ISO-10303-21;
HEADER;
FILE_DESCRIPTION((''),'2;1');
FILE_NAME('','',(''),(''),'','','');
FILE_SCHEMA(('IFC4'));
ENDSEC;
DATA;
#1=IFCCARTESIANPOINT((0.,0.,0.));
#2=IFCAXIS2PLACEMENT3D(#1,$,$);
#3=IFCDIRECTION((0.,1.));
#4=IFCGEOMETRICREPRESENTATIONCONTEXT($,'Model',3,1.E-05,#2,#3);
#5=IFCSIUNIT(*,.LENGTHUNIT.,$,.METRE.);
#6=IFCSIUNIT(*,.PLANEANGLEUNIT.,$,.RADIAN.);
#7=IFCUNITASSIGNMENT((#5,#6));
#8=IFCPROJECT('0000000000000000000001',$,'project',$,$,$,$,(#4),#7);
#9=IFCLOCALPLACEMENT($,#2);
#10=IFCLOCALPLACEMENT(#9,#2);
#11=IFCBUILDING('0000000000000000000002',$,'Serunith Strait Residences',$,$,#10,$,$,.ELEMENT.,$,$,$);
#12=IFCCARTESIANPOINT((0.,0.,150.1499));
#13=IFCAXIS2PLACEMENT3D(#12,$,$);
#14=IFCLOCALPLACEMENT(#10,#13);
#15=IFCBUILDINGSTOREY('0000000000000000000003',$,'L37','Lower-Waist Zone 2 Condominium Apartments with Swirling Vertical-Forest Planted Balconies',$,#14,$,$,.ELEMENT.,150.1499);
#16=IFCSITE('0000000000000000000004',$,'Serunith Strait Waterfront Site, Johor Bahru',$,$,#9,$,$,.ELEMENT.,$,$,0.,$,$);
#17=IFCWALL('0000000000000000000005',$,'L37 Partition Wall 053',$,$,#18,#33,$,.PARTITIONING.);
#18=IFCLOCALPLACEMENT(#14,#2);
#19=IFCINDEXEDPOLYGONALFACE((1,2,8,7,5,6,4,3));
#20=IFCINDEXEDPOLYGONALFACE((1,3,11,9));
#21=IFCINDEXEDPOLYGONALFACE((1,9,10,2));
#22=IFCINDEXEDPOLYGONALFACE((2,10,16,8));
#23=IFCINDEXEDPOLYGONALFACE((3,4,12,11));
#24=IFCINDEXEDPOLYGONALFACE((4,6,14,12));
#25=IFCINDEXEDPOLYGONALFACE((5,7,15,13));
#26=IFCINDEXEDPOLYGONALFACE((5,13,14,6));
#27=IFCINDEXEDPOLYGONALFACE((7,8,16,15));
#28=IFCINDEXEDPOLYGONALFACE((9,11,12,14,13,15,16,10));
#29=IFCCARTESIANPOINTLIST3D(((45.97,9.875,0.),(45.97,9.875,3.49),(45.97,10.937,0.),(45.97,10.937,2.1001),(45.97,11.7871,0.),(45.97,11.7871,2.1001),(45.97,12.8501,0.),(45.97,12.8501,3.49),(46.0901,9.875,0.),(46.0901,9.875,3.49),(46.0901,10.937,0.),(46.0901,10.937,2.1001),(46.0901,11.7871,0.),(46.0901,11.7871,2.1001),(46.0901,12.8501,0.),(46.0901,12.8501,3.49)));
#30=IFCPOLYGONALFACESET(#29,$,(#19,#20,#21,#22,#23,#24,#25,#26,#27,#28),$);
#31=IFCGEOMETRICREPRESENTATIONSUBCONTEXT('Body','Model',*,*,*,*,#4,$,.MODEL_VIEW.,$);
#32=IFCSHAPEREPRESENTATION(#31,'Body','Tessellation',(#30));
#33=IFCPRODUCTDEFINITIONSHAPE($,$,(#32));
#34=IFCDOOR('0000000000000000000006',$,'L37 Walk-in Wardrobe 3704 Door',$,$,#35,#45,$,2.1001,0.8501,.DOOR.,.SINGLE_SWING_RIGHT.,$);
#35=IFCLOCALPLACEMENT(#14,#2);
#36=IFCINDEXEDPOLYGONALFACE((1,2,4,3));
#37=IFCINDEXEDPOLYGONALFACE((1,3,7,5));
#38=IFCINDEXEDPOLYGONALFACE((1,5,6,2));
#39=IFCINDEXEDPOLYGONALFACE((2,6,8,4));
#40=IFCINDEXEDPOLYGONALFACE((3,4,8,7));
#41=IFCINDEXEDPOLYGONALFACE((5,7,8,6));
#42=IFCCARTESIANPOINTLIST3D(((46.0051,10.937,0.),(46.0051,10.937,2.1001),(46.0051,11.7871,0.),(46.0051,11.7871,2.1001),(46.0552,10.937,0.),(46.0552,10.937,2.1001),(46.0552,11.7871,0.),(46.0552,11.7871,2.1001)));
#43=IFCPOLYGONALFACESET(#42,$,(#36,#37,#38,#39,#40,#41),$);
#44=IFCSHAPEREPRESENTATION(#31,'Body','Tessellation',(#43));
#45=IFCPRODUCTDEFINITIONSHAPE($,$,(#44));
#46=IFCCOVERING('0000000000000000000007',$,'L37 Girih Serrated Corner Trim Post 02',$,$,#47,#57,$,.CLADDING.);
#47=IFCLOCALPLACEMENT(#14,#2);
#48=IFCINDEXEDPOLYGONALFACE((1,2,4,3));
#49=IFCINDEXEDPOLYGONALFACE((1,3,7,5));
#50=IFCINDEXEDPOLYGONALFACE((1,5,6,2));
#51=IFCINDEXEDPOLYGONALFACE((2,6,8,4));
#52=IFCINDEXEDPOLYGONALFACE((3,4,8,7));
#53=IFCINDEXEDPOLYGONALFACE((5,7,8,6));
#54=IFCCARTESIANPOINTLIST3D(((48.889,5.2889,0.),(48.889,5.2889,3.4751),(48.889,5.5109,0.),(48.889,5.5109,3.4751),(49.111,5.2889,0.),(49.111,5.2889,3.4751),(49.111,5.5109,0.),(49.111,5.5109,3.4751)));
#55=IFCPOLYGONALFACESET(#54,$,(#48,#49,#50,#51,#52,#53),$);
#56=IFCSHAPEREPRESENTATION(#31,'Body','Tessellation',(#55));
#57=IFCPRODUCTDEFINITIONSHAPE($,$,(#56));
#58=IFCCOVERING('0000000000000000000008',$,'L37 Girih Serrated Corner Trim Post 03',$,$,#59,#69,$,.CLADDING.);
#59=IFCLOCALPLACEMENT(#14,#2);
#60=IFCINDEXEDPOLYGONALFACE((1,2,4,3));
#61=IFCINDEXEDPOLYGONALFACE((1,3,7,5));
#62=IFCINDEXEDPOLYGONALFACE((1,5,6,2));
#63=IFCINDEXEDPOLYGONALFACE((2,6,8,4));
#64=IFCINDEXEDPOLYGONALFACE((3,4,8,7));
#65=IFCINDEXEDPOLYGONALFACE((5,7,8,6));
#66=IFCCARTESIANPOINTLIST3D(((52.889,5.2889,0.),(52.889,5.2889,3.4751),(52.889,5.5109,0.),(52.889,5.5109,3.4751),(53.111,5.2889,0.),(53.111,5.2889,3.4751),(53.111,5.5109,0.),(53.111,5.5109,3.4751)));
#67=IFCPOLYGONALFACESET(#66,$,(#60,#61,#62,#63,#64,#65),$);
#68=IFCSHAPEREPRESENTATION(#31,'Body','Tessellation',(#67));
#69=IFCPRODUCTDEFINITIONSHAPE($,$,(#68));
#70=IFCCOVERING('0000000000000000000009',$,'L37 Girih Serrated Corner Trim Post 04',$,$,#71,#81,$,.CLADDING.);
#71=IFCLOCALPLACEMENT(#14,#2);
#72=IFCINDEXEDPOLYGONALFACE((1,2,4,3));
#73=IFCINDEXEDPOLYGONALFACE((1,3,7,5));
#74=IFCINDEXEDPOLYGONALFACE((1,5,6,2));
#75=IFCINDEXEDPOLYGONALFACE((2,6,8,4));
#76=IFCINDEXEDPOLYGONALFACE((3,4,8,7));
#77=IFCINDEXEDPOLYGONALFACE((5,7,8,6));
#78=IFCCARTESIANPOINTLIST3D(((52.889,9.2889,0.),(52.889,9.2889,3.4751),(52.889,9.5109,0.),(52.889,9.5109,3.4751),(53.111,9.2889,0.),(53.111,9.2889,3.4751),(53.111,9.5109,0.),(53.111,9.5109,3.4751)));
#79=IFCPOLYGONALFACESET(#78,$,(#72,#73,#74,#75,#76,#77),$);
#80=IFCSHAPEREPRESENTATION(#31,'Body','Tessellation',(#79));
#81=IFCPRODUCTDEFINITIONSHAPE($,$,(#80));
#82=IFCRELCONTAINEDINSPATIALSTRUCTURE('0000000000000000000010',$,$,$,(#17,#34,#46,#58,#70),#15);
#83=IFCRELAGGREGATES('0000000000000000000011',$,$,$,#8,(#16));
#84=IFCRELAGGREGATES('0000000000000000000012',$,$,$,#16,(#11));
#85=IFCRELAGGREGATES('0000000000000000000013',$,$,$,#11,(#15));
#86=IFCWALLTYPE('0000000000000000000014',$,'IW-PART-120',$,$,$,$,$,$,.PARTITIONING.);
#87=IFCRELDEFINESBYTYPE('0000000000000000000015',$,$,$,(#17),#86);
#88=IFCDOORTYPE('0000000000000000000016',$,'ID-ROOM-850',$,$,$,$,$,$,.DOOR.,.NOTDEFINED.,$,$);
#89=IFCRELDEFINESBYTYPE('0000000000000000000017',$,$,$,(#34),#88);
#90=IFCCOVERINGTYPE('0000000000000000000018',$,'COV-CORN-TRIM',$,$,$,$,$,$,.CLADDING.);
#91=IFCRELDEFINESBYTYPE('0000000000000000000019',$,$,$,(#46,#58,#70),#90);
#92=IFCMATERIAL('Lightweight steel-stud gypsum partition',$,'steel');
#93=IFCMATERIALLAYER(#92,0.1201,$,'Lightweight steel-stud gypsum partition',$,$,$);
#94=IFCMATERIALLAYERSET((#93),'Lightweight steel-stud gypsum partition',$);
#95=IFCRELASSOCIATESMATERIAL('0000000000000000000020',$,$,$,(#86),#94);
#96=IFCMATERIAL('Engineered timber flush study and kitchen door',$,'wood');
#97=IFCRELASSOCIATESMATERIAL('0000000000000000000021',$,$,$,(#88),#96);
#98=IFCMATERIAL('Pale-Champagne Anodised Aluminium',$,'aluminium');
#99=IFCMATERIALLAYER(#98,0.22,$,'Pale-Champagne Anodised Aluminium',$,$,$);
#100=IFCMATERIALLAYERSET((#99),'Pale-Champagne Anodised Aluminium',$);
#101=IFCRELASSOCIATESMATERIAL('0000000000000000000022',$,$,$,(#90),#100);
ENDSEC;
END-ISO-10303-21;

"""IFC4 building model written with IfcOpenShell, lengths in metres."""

from ifc_helpers import new_model, si_unit, direction, frame, frame_2d, origin, origin_2d, place, context, subcontext, project, spatial, rectangle, extrude, source, transform, mapped, material, layer, layer_set, type_object, element, fill, save


model = new_model("IFC4")

# Units and contexts
model_context = context("Model", 3, precision=1e-05, world=origin(), true_north=direction((0.0, 1.0)))
body_context = subcontext(model_context, "Body", "Model", "MODEL_VIEW")
ifc_project = project(units=[si_unit("LENGTHUNIT", "METRE"), si_unit("PLANEANGLEUNIT", "RADIAN")], contexts=[model_context])

# Site, building, storey
site_placement = place(None, origin())
site = spatial("IfcSite", under=ifc_project, at=site_placement, Name="Serunith Strait Waterfront Site, Johor Bahru", CompositionType="ELEMENT", RefElevation=0.0)
building_placement = place(site_placement, origin())
building = spatial("IfcBuilding", under=site, at=building_placement, Name="Serunith Strait Residences", CompositionType="ELEMENT")
storey_placement = place(building_placement, frame((0.0, 0.0, 150.1499)))
storey = spatial("IfcBuildingStorey", under=building, at=storey_placement, Name="L37", Description="Lower-Waist Zone 2 Condominium Apartments with Swirling Vertical-Forest Planted Balconies", CompositionType="ELEMENT", Elevation=150.1499)

# Shared definitions
ifc_material_1 = material(Name="Pale-Champagne Anodised Aluminium", Category="aluminium")

# Shared definitions
ifc_material_2 = material(Name="Lightweight steel-stud gypsum partition", Category="steel")
ifc_layer_1 = layer(ifc_material_2, 0.1201, Name="Lightweight steel-stud gypsum partition")
ifc_layer_set_1 = layer_set([ifc_layer_1], Name="Lightweight steel-stud gypsum partition")
wall_type_1 = type_object("IfcWallType", Name="IW-PART-120", PredefinedType="PARTITIONING", material=ifc_layer_set_1)

# Wall, opening, door
wall_1_placement = place(storey_placement, frame((46.03, 9.875, 0.0), z_axis=(0.0, 0.0, 1.0), x_axis=(0.0, 1.0, 0.0)))
wall_1 = element("IfcWall", 1, at=wall_1_placement, inside=storey, type_object=wall_type_1, Name="L37 Partition Wall 053", PredefinedType="PARTITIONING", context=body_context, shape_type="SweptSolid", body=[
    extrude(rectangle(XDim=2.9751, YDim=0.1201, at=frame_2d((1.4875, 0.0))), origin(), (0.0, 0.0, 1.0), 3.49),
])
opening_1_placement = place(wall_1_placement, frame((1.062, 0.0, 0.0)))
opening_1 = element("IfcOpeningElement", 2, at=opening_1_placement, cuts=wall_1, PredefinedType="OPENING", context=body_context, shape_type="SweptSolid", body=[
    extrude(rectangle(XDim=0.8501, YDim=2.1001, at=frame_2d((0.425, 1.05))), frame((0.0, 0.0701, 0.0), z_axis=(0.0, -1.0, 0.0), x_axis=(1.0, 0.0, 0.0)), (0.0, 0.0, 1.0), 0.1401),
])
ifc_material_3 = material(Name="Engineered timber flush study and kitchen door", Category="wood")
door_type_1 = type_object("IfcDoorType", Name="ID-ROOM-850", OperationType="NOTDEFINED", PredefinedType="DOOR", material=ifc_material_3)
shared_shape_1 = source(origin(), body_context, "Body", "SweptSolid", [
    extrude(rectangle(XDim=0.8501, YDim=2.1001, at=frame_2d((0.425, 1.05))), frame((0.0, 0.0249, 0.0), z_axis=(0.0, -1.0, 0.0), x_axis=(1.0, 0.0, 0.0)), (0.0, 0.0, 1.0), 0.05),
])
door_1_placement = place(opening_1_placement, origin())
door_1 = element("IfcDoor", 3, at=door_1_placement, inside=storey, type_object=door_type_1, Name="L37 Walk-in Wardrobe 3704 Door", OperationType="SINGLE_SWING_RIGHT", OverallHeight=2.1001, OverallWidth=0.8501, PredefinedType="DOOR", context=body_context, shape_type="MappedRepresentation", body=[
    mapped(shared_shape_1, transform((0.0, 0.0, 0.0), scale=1.0)),
])
fill(opening_1, door_1)

# Coverings
ifc_layer_2 = layer(ifc_material_1, 0.22, Name="Pale-Champagne Anodised Aluminium")
ifc_layer_set_2 = layer_set([ifc_layer_2], Name="Pale-Champagne Anodised Aluminium")
covering_type = type_object("IfcCoveringType", Name="COV-CORN-TRIM", PredefinedType="CLADDING", material=ifc_layer_set_2)
shared_shape_2 = source(origin(), body_context, "Body", "SweptSolid", [
    extrude(rectangle(XDim=0.2219, YDim=0.2219, at=origin_2d()), origin(), (0.0, 0.0, 1.0), 3.4751),
])
for number, where, z_axis, x_axis, name in (
    (4, (49.0, 5.3999, 0.0), (0.0, 0.0, 1.0), (1.0, 0.0, 0.0), "L37 Girih Serrated Corner Trim Post 02"),
    (5, (53.0, 5.3999, 0.0), (0.0, 0.0, 1.0), (1.0, 0.0, 0.0), "L37 Girih Serrated Corner Trim Post 03"),
    (6, (53.0, 9.3999, 0.0), (0.0, 0.0, 1.0), (1.0, 0.0, 0.0), "L37 Girih Serrated Corner Trim Post 04"),
):
    element("IfcCovering", number, at=place(storey_placement, frame(where, z_axis=z_axis, x_axis=x_axis)), inside=storey, type_object=covering_type, Name=name, PredefinedType="CLADDING", context=body_context, shape_type="MappedRepresentation", body=[
        mapped(shared_shape_2, transform((0.0, 0.0, 0.0), scale=1.0)),
    ])

save(model, "model.ifc")
